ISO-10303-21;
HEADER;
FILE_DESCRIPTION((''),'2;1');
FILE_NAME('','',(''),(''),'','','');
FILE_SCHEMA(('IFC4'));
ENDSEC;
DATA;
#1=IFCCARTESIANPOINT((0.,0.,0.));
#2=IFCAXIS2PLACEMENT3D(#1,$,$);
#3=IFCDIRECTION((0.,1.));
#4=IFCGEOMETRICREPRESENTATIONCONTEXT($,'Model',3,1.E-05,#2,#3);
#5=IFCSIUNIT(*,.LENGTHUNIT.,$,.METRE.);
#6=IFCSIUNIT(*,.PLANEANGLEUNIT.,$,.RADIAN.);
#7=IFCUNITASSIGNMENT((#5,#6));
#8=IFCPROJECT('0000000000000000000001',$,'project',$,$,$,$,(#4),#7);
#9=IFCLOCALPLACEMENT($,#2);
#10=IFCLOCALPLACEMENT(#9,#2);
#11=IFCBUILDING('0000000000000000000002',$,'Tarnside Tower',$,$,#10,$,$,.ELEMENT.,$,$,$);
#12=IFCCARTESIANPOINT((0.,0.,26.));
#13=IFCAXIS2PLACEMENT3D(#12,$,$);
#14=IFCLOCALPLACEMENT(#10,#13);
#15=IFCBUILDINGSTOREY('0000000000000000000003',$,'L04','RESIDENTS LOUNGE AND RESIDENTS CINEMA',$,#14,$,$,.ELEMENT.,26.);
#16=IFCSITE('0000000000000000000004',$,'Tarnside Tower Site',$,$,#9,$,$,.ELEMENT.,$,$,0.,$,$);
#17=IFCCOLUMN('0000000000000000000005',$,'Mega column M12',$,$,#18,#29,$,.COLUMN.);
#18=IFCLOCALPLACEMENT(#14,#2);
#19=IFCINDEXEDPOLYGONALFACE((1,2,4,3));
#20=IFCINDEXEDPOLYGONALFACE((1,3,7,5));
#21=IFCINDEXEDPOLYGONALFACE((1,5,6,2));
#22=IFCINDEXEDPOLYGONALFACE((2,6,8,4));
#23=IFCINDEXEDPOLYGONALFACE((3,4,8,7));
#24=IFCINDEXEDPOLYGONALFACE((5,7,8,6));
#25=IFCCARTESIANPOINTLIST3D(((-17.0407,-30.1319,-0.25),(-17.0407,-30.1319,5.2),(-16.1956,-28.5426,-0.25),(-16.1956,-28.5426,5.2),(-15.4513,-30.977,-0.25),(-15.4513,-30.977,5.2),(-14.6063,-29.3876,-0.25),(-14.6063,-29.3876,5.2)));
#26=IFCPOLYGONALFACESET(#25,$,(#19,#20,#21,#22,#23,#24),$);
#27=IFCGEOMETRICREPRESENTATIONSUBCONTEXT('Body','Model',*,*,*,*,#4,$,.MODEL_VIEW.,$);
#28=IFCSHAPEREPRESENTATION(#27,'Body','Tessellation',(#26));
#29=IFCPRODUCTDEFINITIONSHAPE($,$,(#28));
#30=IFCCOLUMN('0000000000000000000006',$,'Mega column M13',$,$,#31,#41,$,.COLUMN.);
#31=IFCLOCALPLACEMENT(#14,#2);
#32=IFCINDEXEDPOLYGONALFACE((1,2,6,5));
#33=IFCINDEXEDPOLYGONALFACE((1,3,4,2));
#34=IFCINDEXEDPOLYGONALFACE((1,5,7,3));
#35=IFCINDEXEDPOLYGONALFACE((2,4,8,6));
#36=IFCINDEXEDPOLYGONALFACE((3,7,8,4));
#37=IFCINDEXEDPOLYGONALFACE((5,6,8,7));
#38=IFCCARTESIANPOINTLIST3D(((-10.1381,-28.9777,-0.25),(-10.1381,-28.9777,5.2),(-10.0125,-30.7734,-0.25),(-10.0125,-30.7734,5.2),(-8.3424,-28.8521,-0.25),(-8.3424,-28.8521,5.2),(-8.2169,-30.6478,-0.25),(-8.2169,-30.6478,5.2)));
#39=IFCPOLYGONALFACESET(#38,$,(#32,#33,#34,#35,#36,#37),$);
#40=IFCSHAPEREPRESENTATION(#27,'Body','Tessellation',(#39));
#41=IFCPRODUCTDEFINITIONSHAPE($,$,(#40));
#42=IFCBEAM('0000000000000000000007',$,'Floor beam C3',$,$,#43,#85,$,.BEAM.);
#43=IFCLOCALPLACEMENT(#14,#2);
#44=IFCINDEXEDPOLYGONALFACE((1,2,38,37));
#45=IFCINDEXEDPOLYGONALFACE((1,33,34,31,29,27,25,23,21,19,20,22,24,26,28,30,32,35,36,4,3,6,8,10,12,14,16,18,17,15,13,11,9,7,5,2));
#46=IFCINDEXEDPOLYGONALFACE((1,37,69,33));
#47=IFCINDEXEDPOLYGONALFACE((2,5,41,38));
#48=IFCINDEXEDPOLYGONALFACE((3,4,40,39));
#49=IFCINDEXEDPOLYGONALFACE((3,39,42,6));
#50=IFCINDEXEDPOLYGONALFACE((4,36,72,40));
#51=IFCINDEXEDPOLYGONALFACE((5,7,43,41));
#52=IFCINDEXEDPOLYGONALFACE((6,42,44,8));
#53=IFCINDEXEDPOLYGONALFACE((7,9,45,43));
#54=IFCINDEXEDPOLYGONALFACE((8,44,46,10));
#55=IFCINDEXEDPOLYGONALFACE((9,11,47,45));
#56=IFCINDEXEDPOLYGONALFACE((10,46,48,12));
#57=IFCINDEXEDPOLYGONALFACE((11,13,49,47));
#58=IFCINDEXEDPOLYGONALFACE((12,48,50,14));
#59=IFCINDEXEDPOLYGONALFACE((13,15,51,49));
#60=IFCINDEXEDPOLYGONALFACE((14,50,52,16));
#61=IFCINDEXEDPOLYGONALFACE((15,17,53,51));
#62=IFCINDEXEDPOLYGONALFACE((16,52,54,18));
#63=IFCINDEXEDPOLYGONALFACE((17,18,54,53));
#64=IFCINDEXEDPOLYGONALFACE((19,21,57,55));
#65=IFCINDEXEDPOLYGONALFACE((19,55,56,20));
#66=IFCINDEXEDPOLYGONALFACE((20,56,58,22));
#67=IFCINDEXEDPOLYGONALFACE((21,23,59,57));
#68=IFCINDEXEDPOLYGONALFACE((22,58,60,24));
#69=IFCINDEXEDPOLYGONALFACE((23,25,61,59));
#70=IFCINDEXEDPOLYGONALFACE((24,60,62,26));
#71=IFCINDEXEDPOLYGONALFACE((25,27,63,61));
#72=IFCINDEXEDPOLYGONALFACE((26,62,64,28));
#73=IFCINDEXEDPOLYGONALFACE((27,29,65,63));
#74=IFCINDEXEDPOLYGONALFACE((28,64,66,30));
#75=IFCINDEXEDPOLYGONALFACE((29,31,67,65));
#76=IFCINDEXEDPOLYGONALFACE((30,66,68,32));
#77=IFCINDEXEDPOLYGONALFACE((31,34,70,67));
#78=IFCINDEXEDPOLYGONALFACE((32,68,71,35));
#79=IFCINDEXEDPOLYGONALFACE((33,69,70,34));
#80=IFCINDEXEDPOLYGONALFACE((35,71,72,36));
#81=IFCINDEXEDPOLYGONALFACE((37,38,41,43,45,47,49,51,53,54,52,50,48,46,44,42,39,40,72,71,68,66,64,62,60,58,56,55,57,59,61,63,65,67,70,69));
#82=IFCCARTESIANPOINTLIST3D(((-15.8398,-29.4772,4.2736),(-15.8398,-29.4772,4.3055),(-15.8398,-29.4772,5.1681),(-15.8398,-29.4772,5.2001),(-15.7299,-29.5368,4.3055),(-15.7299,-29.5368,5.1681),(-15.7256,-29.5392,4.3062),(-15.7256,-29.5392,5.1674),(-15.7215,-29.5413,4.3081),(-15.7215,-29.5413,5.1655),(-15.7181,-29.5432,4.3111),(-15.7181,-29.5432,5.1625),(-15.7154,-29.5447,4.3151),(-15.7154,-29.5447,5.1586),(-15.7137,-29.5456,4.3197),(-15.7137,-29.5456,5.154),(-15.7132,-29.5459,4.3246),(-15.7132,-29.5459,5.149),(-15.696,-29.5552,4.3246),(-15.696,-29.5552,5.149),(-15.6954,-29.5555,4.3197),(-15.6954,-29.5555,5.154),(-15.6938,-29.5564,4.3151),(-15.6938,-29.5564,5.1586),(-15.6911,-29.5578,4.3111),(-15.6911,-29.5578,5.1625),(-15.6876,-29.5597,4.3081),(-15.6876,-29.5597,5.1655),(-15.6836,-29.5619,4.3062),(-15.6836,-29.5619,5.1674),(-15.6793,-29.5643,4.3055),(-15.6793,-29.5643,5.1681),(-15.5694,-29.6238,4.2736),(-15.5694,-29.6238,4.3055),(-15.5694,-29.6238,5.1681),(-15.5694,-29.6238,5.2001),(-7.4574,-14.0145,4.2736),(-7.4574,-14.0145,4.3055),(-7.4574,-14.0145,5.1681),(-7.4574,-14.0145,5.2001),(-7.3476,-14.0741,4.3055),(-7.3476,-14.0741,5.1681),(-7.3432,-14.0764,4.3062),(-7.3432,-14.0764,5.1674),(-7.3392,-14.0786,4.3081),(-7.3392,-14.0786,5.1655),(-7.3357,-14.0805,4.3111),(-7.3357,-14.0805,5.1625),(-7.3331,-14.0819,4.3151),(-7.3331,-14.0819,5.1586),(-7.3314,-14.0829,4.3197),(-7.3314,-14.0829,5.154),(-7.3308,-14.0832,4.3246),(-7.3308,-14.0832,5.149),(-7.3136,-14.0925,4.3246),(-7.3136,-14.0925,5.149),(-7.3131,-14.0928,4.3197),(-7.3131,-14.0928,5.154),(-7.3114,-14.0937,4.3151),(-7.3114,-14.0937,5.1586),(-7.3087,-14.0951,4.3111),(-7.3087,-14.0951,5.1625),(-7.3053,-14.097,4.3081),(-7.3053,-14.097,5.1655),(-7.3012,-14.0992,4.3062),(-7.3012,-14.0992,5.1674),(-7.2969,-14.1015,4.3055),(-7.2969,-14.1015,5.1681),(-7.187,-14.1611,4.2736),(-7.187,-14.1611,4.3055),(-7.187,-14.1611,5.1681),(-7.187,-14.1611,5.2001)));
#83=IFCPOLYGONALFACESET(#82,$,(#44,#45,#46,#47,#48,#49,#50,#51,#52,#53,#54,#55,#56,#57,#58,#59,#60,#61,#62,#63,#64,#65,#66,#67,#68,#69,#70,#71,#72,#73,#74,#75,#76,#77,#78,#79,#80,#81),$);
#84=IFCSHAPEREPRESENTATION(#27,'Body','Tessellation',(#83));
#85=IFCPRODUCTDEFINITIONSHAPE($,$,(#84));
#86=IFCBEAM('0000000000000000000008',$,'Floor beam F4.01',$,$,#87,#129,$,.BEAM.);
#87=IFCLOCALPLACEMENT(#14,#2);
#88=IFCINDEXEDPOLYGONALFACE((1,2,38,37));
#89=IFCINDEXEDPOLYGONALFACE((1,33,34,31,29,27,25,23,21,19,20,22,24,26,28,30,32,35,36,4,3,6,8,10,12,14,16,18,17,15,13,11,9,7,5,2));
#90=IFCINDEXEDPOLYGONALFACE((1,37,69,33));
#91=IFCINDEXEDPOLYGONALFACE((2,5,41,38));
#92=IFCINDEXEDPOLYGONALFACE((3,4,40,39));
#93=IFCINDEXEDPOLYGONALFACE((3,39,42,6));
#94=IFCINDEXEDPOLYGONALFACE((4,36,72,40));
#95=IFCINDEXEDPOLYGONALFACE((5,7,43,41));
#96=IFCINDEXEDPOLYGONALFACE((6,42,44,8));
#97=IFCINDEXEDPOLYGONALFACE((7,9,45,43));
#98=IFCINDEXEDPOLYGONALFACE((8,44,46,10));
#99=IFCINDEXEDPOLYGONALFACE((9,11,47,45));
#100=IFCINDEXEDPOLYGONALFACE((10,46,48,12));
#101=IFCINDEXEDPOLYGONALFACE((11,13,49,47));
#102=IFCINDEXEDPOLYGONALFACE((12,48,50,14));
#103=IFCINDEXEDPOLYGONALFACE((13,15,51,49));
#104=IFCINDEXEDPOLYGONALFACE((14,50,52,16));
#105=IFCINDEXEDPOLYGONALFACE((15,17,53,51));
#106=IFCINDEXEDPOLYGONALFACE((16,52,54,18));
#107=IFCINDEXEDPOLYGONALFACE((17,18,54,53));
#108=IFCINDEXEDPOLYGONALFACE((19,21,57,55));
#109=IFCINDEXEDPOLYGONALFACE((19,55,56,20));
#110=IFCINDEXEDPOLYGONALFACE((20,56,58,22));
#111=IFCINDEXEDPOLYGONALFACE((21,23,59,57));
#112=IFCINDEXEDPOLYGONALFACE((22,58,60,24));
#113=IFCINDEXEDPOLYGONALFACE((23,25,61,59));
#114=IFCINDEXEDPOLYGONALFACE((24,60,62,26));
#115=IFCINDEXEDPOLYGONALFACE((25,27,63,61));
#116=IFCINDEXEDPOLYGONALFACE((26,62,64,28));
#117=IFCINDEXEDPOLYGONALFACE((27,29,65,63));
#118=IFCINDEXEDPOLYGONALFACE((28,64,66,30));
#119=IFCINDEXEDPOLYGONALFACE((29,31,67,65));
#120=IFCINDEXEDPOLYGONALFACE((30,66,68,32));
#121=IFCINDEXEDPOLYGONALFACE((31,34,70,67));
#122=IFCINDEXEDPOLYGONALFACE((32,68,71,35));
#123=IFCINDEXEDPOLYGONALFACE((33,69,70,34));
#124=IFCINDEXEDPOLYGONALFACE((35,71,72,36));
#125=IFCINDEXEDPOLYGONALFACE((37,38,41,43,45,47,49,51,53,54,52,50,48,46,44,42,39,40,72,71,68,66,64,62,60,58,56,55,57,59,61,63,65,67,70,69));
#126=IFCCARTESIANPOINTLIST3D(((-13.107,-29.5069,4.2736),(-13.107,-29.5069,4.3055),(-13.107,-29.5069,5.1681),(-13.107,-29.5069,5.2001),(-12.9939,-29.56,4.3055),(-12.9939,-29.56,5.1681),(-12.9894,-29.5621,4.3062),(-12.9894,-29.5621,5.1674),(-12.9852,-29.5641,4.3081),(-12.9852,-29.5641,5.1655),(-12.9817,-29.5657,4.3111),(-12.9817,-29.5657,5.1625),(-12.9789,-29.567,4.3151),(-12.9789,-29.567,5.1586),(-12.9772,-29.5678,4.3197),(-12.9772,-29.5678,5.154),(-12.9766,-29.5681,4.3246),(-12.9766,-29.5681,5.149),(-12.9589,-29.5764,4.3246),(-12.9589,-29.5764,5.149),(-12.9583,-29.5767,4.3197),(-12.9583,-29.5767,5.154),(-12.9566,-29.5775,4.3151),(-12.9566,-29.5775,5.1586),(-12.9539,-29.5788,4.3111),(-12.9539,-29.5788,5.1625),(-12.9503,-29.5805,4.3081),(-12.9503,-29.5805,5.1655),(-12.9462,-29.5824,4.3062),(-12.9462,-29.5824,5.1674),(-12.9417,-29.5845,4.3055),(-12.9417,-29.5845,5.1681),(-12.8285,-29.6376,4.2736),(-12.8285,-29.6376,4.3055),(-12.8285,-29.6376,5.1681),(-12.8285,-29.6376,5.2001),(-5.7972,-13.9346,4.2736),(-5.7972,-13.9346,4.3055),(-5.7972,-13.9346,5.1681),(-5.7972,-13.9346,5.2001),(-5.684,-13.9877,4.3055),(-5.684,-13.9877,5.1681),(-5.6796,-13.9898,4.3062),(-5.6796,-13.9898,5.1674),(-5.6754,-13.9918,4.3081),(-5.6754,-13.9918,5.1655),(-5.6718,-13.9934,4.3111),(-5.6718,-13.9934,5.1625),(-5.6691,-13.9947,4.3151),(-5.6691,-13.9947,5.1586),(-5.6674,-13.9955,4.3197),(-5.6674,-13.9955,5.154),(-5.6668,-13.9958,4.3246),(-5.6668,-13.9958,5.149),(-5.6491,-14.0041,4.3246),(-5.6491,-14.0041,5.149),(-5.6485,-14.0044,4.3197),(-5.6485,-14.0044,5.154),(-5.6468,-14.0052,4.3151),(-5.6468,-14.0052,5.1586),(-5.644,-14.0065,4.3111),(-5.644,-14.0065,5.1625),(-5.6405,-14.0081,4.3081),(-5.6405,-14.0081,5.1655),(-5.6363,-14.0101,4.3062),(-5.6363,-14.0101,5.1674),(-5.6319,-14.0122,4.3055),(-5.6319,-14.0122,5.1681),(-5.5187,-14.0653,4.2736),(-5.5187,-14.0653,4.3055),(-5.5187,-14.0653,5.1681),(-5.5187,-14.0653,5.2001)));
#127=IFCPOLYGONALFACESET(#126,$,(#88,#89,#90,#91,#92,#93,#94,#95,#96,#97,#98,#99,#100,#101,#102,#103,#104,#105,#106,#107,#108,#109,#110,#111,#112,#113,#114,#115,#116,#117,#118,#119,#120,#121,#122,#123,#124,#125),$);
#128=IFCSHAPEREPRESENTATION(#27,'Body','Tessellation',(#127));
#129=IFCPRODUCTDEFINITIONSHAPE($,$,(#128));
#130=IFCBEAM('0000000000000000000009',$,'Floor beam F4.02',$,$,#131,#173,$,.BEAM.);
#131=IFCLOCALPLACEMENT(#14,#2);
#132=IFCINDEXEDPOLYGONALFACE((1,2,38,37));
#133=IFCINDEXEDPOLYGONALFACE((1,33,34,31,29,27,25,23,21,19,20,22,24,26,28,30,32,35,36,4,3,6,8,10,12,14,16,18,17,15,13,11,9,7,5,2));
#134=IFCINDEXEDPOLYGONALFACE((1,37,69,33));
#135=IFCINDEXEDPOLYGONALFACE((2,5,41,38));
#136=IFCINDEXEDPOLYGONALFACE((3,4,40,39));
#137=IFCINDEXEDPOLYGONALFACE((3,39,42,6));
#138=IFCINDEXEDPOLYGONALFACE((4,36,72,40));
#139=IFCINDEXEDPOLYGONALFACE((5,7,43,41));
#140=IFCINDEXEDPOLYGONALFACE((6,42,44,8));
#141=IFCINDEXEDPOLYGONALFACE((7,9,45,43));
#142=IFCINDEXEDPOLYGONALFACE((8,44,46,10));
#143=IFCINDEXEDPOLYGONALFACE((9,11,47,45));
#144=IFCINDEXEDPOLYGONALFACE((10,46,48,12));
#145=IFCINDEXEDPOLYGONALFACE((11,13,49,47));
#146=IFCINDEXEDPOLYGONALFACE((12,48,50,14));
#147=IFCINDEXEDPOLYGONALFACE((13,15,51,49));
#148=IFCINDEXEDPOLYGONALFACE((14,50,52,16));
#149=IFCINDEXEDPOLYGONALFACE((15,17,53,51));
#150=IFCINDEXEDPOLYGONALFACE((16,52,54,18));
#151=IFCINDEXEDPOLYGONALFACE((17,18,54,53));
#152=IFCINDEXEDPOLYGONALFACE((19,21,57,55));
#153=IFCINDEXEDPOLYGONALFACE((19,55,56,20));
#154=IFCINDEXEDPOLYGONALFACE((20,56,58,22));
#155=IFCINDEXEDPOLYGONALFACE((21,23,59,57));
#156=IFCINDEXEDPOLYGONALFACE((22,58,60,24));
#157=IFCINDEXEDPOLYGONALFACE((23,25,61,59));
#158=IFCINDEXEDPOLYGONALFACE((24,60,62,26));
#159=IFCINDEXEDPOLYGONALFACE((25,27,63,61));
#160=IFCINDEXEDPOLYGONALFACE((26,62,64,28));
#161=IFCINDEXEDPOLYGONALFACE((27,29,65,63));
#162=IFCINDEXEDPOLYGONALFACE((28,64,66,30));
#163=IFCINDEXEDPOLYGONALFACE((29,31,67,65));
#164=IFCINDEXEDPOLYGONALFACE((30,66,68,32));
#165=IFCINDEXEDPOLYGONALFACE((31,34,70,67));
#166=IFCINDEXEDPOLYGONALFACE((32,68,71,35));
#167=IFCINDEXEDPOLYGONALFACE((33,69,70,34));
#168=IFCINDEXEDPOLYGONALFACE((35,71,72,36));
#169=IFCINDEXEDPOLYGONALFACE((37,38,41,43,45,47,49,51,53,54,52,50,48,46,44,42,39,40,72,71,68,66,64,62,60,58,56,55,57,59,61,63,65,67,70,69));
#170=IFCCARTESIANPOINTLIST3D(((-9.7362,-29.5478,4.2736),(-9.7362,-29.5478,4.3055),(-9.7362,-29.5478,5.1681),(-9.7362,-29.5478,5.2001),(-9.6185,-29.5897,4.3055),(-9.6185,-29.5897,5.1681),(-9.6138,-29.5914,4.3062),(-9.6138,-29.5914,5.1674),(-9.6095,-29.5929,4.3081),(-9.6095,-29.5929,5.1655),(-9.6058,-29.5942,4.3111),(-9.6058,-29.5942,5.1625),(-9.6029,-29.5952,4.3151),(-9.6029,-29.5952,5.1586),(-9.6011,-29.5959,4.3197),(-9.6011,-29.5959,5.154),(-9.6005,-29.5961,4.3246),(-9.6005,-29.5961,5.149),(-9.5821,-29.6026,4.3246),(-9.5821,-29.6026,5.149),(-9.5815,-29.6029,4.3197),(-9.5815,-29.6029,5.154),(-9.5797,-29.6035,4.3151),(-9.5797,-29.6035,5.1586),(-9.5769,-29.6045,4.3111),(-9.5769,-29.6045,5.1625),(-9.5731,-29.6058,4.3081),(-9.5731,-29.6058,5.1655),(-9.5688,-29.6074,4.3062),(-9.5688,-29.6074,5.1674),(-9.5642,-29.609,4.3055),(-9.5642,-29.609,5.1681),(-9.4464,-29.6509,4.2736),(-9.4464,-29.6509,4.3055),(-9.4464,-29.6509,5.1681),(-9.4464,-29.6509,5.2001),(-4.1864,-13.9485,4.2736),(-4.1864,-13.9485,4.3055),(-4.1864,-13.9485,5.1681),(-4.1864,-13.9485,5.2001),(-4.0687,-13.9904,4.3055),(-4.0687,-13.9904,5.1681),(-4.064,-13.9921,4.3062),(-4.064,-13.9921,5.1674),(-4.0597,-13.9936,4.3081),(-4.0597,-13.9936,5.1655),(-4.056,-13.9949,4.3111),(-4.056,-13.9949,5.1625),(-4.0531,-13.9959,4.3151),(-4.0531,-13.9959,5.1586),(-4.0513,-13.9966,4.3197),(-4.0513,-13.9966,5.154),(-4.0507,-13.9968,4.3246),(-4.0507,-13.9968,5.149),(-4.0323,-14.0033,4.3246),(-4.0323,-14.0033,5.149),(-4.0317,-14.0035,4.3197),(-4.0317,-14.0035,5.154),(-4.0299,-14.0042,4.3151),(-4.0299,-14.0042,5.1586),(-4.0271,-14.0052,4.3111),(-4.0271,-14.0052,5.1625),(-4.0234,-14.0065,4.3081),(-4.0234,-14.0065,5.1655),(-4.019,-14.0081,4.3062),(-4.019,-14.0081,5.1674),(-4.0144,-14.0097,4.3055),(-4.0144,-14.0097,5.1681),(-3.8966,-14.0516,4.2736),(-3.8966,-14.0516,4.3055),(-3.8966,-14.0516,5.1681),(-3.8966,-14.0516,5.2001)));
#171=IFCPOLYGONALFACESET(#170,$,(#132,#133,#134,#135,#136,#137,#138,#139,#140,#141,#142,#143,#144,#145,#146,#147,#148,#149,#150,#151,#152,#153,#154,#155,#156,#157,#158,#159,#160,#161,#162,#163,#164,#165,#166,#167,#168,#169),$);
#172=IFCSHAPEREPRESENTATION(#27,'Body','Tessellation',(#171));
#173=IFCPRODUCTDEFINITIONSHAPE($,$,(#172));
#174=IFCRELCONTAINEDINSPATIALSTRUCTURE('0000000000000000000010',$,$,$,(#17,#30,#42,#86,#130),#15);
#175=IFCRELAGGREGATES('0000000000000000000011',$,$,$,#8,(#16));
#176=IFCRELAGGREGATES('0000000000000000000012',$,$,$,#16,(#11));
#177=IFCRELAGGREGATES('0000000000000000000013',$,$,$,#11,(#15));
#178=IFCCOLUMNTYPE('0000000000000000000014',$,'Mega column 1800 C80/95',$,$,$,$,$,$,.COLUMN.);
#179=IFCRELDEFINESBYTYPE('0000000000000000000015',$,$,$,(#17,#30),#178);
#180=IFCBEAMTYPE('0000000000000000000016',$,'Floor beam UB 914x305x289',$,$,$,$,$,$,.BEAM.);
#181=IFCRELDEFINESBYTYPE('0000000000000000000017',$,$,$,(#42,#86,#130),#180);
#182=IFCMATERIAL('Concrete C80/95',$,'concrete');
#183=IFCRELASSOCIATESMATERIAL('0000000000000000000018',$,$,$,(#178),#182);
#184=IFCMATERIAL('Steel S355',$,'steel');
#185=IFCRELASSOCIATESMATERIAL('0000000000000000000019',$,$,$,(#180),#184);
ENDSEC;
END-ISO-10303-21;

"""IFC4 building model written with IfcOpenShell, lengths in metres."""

from ifc_helpers import new_model, si_unit, direction, frame, origin, origin_2d, place, context, subcontext, project, spatial, rectangle, i_section, extrude, material, material_profile, profile_set, type_object, element, save


model = new_model("IFC4")

# Units and contexts
model_context = context("Model", 3, precision=1e-05, world=origin(), true_north=direction((0.0, 1.0)))
body_context = subcontext(model_context, "Body", "Model", "MODEL_VIEW")
ifc_project = project(units=[si_unit("LENGTHUNIT", "METRE"), si_unit("PLANEANGLEUNIT", "RADIAN")], contexts=[model_context])

# Site, building, storey
site_placement = place(None, origin())
site = spatial("IfcSite", under=ifc_project, at=site_placement, Name="Tarnside Tower Site", CompositionType="ELEMENT", RefElevation=0.0)
building_placement = place(site_placement, origin())
building = spatial("IfcBuilding", under=site, at=building_placement, Name="Tarnside Tower", CompositionType="ELEMENT")
storey_placement = place(building_placement, frame((0.0, 0.0, 26.0)))
storey = spatial("IfcBuildingStorey", under=building, at=storey_placement, Name="L04", Description="RESIDENTS LOUNGE AND RESIDENTS CINEMA", CompositionType="ELEMENT", Elevation=26.0)

# Columns
ifc_material_1 = material(Name="Concrete C80/95", Category="concrete")
ifc_material_profile_1 = material_profile(ifc_material_1, rectangle(XDim=1.8, YDim=1.8, at=origin_2d()), Name="Mega column 1800x1800")
ifc_profile_set_1 = profile_set([ifc_material_profile_1], Name="Concrete C80/95")
column_type = type_object("IfcColumnType", Name="Mega column 1800 C80/95", PredefinedType="COLUMN", material=ifc_profile_set_1)
for number, where, z_axis, x_axis, name in (
    (1, (-15.8235, -29.7598, -0.25), (0.0, 0.0, 1.0), (-0.882948, 0.469472, 0.0), "Mega column M12"),
    (2, (-9.1775, -29.8127, -0.25), (0.0, 0.0, 1.0), (-0.997564, -0.069756, 0.0), "Mega column M13"),
):
    element("IfcColumn", number, at=place(storey_placement, frame(where, z_axis=z_axis, x_axis=x_axis)), inside=storey, type_object=column_type, Name=name, PredefinedType="COLUMN", context=body_context, shape_type="SweptSolid", body=[
        extrude(rectangle(XDim=1.8, YDim=1.8, at=origin_2d()), origin(), (0.0, 0.0, 1.0), 5.45),
    ])

# Beams
ifc_material_2 = material(Name="Steel S355", Category="steel")
ifc_material_profile_2 = material_profile(ifc_material_2, i_section(OverallWidth=0.3076, OverallDepth=0.9265, WebThickness=0.0195, FlangeThickness=0.032, FilletRadius=0.019, at=origin_2d()), Name="UB 914x305x289")
ifc_profile_set_2 = profile_set([ifc_material_profile_2], Name="Steel S355")
beam_type_1 = type_object("IfcBeamType", Name="Floor beam UB 914x305x289", PredefinedType="BEAM", material=ifc_profile_set_2)
beam_1_placement = place(storey_placement, frame((-15.7046, -29.5505, 4.7368), z_axis=(0.476579, 0.879132, 0.0), x_axis=(-0.879132, 0.476579, 0.0)))
element("IfcBeam", 3, at=beam_1_placement, inside=storey, type_object=beam_type_1, Name="Floor beam C3", PredefinedType="BEAM", context=body_context, shape_type="SweptSolid", body=[
    extrude(i_section(OverallWidth=0.3076, OverallDepth=0.9265, WebThickness=0.0195, FlangeThickness=0.032, FilletRadius=0.019, at=origin_2d()), origin(), (0.0, 0.0, 1.0), 17.5886),
])
beam_2_placement = place(storey_placement, frame((-12.9678, -29.5723, 4.7368), z_axis=(0.424925, 0.905228, 0.0), x_axis=(-0.905228, 0.424925, 0.0)))
element("IfcBeam", 4, at=beam_2_placement, inside=storey, type_object=beam_type_1, Name="Floor beam F4.01", PredefinedType="BEAM", context=body_context, shape_type="SweptSolid", body=[
    extrude(i_section(OverallWidth=0.3076, OverallDepth=0.9265, WebThickness=0.0195, FlangeThickness=0.032, FilletRadius=0.019, at=origin_2d()), origin(), (0.0, 0.0, 1.0), 17.2026),
])
beam_3_placement = place(storey_placement, frame((-9.5913, -29.5994, 4.7368), z_axis=(0.33519, 0.942151, 0.0), x_axis=(-0.942151, 0.33519, 0.0)))
element("IfcBeam", 5, at=beam_3_placement, inside=storey, type_object=beam_type_1, Name="Floor beam F4.02", PredefinedType="BEAM", context=body_context, shape_type="SweptSolid", body=[
    extrude(i_section(OverallWidth=0.3076, OverallDepth=0.9265, WebThickness=0.0195, FlangeThickness=0.032, FilletRadius=0.019, at=origin_2d()), origin(), (0.0, 0.0, 1.0), 16.5571),
])

save(model, "model.ifc")
